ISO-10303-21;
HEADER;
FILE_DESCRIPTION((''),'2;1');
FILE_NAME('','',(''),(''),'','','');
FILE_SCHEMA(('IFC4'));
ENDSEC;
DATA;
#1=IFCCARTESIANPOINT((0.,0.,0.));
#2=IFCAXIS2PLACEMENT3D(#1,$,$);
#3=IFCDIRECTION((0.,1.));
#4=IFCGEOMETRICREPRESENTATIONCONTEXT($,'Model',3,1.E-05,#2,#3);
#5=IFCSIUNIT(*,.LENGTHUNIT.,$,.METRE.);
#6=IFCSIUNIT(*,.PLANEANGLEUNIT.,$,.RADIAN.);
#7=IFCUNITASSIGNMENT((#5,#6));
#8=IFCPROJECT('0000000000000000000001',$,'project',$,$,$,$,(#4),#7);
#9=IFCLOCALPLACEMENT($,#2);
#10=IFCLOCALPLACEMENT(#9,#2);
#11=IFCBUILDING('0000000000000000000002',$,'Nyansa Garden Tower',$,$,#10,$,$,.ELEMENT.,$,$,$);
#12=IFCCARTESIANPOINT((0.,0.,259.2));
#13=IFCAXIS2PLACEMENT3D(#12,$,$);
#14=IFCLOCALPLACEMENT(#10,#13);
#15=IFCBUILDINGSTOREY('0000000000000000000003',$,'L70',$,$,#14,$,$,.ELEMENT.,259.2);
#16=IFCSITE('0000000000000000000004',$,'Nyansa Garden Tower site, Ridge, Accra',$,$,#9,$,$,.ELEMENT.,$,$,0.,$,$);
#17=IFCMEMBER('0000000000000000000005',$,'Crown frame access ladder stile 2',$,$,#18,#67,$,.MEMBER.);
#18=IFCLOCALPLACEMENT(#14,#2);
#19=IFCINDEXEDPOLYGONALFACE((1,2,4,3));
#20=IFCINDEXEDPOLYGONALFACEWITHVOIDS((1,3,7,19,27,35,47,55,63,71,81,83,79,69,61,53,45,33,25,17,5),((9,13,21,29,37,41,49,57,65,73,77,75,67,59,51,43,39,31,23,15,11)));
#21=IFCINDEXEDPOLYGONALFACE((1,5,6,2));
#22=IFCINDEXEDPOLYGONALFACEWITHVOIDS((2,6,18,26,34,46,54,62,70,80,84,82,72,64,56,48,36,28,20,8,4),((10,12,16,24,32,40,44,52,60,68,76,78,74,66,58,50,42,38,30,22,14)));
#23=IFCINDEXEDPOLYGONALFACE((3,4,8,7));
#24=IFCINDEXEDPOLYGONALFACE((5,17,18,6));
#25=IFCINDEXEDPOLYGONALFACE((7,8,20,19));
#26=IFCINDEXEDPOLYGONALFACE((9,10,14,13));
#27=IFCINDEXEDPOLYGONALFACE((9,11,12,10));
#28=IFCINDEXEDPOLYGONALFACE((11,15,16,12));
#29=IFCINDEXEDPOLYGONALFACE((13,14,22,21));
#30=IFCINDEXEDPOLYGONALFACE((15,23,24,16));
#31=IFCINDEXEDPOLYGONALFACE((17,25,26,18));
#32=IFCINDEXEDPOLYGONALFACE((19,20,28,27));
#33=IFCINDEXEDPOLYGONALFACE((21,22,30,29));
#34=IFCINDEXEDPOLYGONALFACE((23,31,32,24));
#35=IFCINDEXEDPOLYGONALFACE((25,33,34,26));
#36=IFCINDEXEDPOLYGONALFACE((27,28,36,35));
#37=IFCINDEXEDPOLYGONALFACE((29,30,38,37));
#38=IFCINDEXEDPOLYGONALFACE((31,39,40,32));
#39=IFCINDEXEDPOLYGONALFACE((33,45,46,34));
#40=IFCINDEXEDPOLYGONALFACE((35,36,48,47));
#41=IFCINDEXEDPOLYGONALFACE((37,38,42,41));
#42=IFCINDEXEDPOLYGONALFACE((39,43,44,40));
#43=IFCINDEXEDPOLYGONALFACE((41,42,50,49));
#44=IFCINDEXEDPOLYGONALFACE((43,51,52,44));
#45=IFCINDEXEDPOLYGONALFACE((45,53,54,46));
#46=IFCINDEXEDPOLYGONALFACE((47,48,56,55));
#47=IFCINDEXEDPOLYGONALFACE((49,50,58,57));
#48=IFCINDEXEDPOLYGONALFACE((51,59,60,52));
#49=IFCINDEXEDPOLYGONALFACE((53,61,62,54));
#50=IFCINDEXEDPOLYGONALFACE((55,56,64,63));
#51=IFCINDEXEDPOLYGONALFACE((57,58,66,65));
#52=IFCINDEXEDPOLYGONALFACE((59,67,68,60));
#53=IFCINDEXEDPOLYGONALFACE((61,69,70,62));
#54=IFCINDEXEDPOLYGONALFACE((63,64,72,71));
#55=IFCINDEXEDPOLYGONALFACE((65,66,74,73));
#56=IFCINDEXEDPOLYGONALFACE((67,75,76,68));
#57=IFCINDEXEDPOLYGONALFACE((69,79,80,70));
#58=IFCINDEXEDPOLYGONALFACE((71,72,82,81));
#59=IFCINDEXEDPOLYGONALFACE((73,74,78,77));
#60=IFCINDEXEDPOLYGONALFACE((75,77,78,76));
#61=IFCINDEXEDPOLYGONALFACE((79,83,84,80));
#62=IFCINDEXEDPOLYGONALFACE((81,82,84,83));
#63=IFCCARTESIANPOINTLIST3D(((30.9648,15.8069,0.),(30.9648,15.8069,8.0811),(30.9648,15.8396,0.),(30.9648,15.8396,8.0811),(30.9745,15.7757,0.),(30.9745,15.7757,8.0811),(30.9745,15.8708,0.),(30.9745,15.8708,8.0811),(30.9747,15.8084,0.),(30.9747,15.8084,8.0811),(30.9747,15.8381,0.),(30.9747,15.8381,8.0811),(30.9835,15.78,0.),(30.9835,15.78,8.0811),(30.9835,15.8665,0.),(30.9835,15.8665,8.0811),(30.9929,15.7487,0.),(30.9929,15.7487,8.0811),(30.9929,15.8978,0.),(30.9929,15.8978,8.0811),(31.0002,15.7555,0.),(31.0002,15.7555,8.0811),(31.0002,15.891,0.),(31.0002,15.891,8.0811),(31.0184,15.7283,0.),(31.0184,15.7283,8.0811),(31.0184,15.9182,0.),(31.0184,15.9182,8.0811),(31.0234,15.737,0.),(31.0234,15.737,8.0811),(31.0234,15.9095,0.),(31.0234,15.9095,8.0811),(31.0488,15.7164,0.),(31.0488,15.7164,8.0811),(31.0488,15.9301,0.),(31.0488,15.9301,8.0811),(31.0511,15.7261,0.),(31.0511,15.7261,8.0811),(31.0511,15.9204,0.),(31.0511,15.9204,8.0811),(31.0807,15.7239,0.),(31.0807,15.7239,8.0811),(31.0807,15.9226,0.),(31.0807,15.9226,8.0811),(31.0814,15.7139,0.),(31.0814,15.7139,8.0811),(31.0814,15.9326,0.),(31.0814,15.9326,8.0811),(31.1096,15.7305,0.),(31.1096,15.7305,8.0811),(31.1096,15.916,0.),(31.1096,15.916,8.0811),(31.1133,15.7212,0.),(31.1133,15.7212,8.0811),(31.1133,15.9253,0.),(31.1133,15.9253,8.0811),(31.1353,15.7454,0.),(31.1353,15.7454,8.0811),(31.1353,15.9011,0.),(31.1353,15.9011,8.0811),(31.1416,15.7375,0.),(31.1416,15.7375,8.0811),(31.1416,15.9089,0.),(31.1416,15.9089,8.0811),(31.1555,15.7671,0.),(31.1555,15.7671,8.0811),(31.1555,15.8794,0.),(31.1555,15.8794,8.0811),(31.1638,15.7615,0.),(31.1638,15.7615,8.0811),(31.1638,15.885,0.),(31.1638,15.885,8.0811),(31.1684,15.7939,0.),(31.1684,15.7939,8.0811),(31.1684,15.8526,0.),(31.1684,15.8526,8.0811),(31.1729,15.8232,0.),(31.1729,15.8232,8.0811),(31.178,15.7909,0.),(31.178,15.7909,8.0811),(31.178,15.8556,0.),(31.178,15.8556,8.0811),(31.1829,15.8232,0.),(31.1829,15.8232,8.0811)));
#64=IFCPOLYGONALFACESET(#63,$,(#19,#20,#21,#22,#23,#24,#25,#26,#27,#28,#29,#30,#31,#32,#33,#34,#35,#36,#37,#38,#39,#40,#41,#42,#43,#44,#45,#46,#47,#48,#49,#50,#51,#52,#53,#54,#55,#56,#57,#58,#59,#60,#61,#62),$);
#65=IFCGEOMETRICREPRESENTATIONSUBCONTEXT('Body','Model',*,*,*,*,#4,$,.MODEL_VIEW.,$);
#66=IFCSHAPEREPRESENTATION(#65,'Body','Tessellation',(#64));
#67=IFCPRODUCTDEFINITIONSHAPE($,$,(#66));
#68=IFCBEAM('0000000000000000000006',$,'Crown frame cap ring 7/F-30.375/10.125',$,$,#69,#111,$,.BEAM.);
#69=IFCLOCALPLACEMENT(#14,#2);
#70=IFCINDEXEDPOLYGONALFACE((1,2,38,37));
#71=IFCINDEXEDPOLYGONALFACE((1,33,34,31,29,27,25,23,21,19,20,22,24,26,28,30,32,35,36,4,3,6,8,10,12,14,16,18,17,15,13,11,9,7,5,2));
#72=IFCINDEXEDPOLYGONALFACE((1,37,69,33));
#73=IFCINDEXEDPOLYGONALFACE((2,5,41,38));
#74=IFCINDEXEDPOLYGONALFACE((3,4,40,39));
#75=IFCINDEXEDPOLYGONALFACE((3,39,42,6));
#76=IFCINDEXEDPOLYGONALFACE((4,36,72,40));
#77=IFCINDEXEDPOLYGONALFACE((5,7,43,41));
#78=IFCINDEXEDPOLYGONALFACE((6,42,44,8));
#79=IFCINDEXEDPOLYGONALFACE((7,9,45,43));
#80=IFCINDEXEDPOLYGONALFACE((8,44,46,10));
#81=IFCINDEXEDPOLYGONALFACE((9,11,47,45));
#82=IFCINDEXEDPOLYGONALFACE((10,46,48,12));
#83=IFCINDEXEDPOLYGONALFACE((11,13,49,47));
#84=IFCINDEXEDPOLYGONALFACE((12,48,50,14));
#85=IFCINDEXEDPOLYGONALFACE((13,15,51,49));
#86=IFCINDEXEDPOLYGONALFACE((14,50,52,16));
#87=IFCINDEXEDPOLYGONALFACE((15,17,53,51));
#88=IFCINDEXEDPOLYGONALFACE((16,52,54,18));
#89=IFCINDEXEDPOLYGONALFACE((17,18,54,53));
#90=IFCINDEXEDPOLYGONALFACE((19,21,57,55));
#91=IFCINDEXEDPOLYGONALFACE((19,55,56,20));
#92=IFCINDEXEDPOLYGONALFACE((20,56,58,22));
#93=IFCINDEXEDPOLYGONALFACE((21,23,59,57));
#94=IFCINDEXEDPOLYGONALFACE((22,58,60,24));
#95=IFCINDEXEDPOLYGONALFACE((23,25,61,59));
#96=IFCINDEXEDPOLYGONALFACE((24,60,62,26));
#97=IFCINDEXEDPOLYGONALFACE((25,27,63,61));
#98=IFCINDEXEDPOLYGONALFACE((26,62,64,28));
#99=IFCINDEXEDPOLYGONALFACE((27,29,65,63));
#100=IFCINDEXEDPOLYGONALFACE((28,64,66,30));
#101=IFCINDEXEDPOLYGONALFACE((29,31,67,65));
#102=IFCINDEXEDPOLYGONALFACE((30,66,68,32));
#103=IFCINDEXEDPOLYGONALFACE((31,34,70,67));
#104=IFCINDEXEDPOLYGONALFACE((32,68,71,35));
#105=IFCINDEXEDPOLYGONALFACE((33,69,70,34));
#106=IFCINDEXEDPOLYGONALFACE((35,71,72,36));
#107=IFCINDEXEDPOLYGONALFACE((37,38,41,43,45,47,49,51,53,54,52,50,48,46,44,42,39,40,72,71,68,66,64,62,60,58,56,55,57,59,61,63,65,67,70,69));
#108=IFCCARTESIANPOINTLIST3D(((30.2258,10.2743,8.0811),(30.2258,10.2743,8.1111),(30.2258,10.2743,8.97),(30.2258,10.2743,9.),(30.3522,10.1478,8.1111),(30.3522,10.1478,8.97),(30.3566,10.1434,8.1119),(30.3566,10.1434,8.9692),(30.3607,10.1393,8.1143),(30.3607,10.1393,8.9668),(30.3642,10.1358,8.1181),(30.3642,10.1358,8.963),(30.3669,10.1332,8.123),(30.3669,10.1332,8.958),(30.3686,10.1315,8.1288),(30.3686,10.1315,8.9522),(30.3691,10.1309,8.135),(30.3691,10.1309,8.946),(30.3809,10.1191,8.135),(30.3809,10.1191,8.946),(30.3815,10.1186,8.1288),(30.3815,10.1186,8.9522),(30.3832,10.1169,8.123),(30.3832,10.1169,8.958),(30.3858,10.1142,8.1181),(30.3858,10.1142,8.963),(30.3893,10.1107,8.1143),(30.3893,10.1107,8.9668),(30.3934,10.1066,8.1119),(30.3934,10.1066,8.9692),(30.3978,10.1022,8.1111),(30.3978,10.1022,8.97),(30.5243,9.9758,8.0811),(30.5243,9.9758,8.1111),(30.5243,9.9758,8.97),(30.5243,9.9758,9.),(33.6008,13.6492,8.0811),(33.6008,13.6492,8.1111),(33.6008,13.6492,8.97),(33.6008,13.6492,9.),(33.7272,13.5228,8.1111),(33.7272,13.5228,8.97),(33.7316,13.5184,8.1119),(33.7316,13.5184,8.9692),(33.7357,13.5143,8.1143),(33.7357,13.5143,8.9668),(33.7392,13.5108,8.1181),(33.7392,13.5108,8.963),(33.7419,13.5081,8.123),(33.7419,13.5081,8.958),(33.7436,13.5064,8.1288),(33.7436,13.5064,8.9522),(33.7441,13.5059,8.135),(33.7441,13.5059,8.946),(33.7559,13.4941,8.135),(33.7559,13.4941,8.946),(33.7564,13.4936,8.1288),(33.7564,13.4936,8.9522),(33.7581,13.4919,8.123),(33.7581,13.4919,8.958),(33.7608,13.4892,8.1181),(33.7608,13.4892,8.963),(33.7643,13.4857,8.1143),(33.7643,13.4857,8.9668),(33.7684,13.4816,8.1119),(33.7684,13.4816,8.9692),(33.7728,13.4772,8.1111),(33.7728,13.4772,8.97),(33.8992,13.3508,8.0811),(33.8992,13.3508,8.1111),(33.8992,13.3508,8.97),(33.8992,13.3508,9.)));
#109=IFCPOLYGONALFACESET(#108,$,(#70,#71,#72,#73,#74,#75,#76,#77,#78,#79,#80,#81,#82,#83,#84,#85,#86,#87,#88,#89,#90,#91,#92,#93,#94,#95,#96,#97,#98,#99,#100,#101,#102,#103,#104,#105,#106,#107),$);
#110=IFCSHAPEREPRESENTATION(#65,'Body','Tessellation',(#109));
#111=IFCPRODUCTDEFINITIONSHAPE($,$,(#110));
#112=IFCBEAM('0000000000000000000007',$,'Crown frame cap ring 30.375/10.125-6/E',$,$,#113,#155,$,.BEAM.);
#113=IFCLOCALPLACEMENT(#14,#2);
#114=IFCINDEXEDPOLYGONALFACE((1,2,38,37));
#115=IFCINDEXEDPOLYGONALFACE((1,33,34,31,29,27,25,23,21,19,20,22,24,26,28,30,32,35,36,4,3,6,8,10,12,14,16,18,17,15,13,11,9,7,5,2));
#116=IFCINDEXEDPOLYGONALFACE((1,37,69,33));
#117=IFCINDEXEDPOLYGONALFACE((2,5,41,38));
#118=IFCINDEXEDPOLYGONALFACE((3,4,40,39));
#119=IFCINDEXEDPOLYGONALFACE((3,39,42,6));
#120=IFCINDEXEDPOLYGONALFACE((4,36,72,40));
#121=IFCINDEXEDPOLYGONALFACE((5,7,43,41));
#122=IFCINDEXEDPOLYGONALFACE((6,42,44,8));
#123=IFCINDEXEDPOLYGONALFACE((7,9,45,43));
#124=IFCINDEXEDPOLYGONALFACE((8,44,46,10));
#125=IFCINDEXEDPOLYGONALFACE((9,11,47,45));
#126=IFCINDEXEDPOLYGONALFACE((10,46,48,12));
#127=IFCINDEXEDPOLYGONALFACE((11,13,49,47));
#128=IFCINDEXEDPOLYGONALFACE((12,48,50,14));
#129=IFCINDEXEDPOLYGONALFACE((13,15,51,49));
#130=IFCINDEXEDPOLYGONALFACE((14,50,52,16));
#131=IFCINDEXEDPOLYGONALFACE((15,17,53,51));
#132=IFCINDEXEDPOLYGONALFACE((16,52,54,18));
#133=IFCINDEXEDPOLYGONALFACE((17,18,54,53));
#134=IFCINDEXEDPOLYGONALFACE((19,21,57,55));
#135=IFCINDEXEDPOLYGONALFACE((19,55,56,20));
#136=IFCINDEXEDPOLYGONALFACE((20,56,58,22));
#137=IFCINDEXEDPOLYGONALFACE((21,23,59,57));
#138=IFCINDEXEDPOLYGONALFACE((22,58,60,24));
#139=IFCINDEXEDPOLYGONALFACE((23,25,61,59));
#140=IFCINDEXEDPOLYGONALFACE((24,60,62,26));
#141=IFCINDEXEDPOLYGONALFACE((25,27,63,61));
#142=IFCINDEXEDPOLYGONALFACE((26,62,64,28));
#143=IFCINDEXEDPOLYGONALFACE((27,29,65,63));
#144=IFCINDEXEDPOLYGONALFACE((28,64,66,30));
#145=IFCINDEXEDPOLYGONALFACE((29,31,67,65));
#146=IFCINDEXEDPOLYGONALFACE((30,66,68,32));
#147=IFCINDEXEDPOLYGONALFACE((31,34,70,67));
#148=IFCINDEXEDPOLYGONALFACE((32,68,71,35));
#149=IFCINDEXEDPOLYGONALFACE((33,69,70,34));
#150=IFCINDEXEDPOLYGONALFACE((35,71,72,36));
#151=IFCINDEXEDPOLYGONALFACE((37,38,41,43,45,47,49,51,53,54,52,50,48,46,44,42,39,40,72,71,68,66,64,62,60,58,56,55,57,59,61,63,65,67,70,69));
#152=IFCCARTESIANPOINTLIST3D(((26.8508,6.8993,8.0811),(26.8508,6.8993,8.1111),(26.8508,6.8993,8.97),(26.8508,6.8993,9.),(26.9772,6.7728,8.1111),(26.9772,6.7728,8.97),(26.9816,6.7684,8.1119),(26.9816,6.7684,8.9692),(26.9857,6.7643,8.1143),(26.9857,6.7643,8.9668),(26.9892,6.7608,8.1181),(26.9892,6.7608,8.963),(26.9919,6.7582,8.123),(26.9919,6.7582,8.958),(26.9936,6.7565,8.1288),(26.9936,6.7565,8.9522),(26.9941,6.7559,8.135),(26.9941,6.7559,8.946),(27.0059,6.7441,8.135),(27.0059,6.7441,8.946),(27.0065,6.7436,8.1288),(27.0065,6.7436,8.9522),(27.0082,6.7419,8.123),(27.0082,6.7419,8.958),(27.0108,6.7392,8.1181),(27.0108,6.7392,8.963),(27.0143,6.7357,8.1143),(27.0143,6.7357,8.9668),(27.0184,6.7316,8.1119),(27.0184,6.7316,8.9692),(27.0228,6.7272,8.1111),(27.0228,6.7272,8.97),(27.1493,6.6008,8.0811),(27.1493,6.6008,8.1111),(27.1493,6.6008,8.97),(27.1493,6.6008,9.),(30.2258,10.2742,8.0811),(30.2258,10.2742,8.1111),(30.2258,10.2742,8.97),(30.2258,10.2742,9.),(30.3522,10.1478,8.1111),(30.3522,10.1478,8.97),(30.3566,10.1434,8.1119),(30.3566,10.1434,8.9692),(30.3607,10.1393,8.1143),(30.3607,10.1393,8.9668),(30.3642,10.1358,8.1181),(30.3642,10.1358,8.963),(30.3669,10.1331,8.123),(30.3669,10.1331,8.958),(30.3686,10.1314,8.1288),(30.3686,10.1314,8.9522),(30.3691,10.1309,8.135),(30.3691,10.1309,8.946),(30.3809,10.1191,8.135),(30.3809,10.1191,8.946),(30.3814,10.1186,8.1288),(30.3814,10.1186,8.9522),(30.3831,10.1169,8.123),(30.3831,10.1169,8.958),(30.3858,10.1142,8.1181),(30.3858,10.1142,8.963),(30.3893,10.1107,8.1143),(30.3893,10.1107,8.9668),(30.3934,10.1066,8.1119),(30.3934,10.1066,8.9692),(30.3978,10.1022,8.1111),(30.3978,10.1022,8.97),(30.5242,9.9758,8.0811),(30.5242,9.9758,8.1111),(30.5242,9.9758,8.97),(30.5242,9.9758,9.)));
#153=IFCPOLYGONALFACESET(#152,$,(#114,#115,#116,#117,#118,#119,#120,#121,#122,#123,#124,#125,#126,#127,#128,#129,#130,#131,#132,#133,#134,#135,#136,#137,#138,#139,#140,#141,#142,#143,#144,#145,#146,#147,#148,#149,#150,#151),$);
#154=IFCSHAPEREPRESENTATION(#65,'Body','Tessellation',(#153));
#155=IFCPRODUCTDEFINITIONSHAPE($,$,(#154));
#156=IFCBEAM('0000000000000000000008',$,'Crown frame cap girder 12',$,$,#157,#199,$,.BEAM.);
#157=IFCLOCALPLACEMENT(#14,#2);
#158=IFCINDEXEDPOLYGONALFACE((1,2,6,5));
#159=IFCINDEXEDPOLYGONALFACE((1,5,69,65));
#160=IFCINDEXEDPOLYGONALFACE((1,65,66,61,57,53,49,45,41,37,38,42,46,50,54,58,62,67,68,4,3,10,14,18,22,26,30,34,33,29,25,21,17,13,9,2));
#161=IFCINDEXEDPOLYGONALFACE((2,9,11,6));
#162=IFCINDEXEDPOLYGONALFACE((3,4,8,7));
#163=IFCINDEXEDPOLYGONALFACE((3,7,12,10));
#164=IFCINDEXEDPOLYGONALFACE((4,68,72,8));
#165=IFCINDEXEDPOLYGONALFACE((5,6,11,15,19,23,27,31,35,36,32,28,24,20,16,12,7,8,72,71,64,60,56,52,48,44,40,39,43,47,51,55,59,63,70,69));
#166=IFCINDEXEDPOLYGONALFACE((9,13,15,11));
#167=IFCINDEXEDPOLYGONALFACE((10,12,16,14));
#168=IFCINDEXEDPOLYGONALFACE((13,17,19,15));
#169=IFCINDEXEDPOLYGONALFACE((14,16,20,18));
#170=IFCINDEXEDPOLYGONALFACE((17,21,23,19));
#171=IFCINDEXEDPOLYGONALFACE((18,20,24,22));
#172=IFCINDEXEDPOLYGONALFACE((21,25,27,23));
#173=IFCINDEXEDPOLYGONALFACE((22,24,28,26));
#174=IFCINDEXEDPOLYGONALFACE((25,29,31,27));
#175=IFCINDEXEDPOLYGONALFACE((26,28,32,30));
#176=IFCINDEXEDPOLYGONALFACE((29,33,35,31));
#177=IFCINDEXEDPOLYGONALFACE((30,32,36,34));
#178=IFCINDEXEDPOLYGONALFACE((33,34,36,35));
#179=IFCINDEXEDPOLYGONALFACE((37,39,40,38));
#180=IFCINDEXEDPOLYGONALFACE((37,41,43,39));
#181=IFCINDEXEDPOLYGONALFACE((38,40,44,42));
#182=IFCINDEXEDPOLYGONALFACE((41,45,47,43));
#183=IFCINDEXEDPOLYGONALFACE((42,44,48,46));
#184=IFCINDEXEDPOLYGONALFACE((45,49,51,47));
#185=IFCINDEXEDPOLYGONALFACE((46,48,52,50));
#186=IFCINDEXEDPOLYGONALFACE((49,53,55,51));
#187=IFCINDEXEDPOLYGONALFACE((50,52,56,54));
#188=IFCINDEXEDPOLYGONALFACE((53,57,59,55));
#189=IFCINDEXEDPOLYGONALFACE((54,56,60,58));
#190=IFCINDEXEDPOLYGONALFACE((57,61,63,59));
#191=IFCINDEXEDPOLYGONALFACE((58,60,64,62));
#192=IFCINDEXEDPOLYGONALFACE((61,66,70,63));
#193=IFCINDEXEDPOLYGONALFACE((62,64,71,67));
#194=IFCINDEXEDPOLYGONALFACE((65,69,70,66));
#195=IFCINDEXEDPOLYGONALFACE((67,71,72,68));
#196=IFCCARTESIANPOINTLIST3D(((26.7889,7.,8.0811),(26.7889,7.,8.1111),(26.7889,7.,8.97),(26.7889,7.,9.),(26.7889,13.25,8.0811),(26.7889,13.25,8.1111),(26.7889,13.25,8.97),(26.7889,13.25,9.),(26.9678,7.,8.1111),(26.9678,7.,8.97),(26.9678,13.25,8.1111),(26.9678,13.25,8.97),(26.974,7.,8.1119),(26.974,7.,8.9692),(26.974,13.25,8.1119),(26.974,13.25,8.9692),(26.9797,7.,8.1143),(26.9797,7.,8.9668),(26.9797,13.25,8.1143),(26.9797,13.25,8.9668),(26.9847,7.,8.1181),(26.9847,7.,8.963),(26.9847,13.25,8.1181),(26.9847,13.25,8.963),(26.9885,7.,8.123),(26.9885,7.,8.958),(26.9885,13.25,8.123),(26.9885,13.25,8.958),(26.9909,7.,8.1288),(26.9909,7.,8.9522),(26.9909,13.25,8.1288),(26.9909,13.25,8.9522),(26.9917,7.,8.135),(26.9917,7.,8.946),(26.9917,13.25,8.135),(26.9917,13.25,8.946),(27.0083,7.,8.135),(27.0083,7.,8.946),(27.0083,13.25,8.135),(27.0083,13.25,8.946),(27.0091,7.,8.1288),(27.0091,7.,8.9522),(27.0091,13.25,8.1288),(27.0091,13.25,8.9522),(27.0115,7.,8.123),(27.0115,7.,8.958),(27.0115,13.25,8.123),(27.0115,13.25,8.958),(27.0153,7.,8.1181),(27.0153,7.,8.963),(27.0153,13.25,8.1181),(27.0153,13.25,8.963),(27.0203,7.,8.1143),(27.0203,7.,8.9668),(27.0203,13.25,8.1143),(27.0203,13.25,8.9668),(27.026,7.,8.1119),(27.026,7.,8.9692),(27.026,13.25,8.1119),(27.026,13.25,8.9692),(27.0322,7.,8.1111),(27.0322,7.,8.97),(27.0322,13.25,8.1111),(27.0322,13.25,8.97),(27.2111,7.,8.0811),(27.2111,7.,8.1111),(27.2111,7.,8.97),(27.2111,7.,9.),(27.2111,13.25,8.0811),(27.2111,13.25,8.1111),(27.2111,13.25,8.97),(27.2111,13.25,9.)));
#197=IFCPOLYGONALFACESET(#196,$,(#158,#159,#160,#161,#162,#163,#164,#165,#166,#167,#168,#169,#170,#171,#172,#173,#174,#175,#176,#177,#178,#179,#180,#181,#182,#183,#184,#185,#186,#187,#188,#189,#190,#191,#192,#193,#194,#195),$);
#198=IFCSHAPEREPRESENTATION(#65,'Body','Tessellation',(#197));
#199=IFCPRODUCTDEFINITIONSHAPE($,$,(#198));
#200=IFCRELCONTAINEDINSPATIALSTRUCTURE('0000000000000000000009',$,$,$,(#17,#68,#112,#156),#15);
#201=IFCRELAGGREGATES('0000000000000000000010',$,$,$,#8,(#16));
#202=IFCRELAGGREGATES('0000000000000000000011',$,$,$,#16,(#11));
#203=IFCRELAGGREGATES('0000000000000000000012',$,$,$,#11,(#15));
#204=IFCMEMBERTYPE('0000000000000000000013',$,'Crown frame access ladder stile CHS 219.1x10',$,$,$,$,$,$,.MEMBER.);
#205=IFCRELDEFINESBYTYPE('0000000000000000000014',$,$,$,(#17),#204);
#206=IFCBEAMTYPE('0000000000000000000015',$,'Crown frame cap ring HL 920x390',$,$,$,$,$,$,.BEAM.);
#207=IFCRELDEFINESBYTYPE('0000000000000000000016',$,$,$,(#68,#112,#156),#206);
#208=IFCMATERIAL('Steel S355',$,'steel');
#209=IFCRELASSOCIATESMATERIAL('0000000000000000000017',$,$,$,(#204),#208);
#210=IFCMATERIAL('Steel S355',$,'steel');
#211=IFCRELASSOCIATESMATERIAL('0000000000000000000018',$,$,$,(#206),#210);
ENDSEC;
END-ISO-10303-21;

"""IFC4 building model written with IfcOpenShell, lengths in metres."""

from ifc_helpers import new_model, si_unit, direction, frame, origin, origin_2d, place, context, subcontext, project, spatial, hollow_circle, i_section, extrude, material, material_profile, profile_set, type_object, element, save


model = new_model("IFC4")

# Units and contexts
model_context = context("Model", 3, precision=1e-05, world=origin(), true_north=direction((0.0, 1.0)))
body_context = subcontext(model_context, "Body", "Model", "MODEL_VIEW")
ifc_project = project(units=[si_unit("LENGTHUNIT", "METRE"), si_unit("PLANEANGLEUNIT", "RADIAN")], contexts=[model_context])

# Site, building, storey
site_placement = place(None, origin())
site = spatial("IfcSite", under=ifc_project, at=site_placement, Name="Nyansa Garden Tower site, Ridge, Accra", CompositionType="ELEMENT", RefElevation=0.0)
building_placement = place(site_placement, origin())
building = spatial("IfcBuilding", under=site, at=building_placement, Name="Nyansa Garden Tower", CompositionType="ELEMENT")
storey_placement = place(building_placement, frame((0.0, 0.0, 259.2)))
storey = spatial("IfcBuildingStorey", under=building, at=storey_placement, Name="L70", CompositionType="ELEMENT", Elevation=259.2)

# Member
ifc_material_1 = material(Name="Steel S355", Category="steel")
ifc_material_profile_1 = material_profile(ifc_material_1, hollow_circle(Radius=0.1096, WallThickness=0.01, at=origin_2d()), Name="CHS 219.1x10")
ifc_profile_set_1 = profile_set([ifc_material_profile_1], Name="Steel S355")
member_type_1 = type_object("IfcMemberType", Name="Crown frame access ladder stile CHS 219.1x10", PredefinedType="MEMBER", material=ifc_profile_set_1)
for number, where, z_axis, x_axis, name in (
    (1, (31.0732, 15.8232, 0.0), (0.0, 0.0, 1.0), (1.0, 0.0, 0.0), "Crown frame access ladder stile 2"),
):
    element("IfcMember", number, at=place(storey_placement, frame(where, z_axis=z_axis, x_axis=x_axis)), inside=storey, type_object=member_type_1, Name=name, PredefinedType="MEMBER", context=body_context, shape_type="SweptSolid", body=[
        extrude(hollow_circle(Radius=0.1096, WallThickness=0.01, at=origin_2d()), origin(), (0.0, 0.0, 1.0), 8.0811),
    ])

# Beams
ifc_material_2 = material(Name="Steel S355", Category="steel")
ifc_material_profile_2 = material_profile(ifc_material_2, i_section(OverallWidth=0.4221, OverallDepth=0.9189, WebThickness=0.0166, FlangeThickness=0.03, FilletRadius=0.0239, at=origin_2d()), Name="HL 920x390")
ifc_profile_set_2 = profile_set([ifc_material_profile_2], Name="Steel S355")
beam_type_1 = type_object("IfcBeamType", Name="Crown frame cap ring HL 920x390", PredefinedType="BEAM", material=ifc_profile_set_2)
for number, where, z_axis, x_axis, name in (
    (2, (33.75, 13.5, 8.5405), (-0.707107, -0.707107, 0.0), (0.707107, -0.707107, 0.0), "Crown frame cap ring 7/F-30.375/10.125"),
    (3, (30.375, 10.125, 8.5405), (-0.707107, -0.707107, 0.0), (0.707107, -0.707107, 0.0), "Crown frame cap ring 30.375/10.125-6/E"),
):
    element("IfcBeam", number, at=place(storey_placement, frame(where, z_axis=z_axis, x_axis=x_axis)), inside=storey, type_object=beam_type_1, Name=name, PredefinedType="BEAM", context=body_context, shape_type="SweptSolid", body=[
        extrude(i_section(OverallWidth=0.4221, OverallDepth=0.9189, WebThickness=0.0166, FlangeThickness=0.03, FilletRadius=0.0239, at=origin_2d()), origin(), (0.0, 0.0, 1.0), 4.7729),
    ])
for number, where, z_axis, x_axis, name in (
    (4, (27.0, 7.0, 8.5405), (0.0, 1.0, 0.0), (-1.0, 0.0, 0.0), "Crown frame cap girder 12"),
):
    element("IfcBeam", number, at=place(storey_placement, frame(where, z_axis=z_axis, x_axis=x_axis)), inside=storey, type_object=beam_type_1, Name=name, PredefinedType="BEAM", context=body_context, shape_type="SweptSolid", body=[
        extrude(i_section(OverallWidth=0.4221, OverallDepth=0.9189, WebThickness=0.0166, FlangeThickness=0.03, FilletRadius=0.0239, at=origin_2d()), origin(), (0.0, 0.0, 1.0), 6.25),
    ])

save(model, "model.ifc")
